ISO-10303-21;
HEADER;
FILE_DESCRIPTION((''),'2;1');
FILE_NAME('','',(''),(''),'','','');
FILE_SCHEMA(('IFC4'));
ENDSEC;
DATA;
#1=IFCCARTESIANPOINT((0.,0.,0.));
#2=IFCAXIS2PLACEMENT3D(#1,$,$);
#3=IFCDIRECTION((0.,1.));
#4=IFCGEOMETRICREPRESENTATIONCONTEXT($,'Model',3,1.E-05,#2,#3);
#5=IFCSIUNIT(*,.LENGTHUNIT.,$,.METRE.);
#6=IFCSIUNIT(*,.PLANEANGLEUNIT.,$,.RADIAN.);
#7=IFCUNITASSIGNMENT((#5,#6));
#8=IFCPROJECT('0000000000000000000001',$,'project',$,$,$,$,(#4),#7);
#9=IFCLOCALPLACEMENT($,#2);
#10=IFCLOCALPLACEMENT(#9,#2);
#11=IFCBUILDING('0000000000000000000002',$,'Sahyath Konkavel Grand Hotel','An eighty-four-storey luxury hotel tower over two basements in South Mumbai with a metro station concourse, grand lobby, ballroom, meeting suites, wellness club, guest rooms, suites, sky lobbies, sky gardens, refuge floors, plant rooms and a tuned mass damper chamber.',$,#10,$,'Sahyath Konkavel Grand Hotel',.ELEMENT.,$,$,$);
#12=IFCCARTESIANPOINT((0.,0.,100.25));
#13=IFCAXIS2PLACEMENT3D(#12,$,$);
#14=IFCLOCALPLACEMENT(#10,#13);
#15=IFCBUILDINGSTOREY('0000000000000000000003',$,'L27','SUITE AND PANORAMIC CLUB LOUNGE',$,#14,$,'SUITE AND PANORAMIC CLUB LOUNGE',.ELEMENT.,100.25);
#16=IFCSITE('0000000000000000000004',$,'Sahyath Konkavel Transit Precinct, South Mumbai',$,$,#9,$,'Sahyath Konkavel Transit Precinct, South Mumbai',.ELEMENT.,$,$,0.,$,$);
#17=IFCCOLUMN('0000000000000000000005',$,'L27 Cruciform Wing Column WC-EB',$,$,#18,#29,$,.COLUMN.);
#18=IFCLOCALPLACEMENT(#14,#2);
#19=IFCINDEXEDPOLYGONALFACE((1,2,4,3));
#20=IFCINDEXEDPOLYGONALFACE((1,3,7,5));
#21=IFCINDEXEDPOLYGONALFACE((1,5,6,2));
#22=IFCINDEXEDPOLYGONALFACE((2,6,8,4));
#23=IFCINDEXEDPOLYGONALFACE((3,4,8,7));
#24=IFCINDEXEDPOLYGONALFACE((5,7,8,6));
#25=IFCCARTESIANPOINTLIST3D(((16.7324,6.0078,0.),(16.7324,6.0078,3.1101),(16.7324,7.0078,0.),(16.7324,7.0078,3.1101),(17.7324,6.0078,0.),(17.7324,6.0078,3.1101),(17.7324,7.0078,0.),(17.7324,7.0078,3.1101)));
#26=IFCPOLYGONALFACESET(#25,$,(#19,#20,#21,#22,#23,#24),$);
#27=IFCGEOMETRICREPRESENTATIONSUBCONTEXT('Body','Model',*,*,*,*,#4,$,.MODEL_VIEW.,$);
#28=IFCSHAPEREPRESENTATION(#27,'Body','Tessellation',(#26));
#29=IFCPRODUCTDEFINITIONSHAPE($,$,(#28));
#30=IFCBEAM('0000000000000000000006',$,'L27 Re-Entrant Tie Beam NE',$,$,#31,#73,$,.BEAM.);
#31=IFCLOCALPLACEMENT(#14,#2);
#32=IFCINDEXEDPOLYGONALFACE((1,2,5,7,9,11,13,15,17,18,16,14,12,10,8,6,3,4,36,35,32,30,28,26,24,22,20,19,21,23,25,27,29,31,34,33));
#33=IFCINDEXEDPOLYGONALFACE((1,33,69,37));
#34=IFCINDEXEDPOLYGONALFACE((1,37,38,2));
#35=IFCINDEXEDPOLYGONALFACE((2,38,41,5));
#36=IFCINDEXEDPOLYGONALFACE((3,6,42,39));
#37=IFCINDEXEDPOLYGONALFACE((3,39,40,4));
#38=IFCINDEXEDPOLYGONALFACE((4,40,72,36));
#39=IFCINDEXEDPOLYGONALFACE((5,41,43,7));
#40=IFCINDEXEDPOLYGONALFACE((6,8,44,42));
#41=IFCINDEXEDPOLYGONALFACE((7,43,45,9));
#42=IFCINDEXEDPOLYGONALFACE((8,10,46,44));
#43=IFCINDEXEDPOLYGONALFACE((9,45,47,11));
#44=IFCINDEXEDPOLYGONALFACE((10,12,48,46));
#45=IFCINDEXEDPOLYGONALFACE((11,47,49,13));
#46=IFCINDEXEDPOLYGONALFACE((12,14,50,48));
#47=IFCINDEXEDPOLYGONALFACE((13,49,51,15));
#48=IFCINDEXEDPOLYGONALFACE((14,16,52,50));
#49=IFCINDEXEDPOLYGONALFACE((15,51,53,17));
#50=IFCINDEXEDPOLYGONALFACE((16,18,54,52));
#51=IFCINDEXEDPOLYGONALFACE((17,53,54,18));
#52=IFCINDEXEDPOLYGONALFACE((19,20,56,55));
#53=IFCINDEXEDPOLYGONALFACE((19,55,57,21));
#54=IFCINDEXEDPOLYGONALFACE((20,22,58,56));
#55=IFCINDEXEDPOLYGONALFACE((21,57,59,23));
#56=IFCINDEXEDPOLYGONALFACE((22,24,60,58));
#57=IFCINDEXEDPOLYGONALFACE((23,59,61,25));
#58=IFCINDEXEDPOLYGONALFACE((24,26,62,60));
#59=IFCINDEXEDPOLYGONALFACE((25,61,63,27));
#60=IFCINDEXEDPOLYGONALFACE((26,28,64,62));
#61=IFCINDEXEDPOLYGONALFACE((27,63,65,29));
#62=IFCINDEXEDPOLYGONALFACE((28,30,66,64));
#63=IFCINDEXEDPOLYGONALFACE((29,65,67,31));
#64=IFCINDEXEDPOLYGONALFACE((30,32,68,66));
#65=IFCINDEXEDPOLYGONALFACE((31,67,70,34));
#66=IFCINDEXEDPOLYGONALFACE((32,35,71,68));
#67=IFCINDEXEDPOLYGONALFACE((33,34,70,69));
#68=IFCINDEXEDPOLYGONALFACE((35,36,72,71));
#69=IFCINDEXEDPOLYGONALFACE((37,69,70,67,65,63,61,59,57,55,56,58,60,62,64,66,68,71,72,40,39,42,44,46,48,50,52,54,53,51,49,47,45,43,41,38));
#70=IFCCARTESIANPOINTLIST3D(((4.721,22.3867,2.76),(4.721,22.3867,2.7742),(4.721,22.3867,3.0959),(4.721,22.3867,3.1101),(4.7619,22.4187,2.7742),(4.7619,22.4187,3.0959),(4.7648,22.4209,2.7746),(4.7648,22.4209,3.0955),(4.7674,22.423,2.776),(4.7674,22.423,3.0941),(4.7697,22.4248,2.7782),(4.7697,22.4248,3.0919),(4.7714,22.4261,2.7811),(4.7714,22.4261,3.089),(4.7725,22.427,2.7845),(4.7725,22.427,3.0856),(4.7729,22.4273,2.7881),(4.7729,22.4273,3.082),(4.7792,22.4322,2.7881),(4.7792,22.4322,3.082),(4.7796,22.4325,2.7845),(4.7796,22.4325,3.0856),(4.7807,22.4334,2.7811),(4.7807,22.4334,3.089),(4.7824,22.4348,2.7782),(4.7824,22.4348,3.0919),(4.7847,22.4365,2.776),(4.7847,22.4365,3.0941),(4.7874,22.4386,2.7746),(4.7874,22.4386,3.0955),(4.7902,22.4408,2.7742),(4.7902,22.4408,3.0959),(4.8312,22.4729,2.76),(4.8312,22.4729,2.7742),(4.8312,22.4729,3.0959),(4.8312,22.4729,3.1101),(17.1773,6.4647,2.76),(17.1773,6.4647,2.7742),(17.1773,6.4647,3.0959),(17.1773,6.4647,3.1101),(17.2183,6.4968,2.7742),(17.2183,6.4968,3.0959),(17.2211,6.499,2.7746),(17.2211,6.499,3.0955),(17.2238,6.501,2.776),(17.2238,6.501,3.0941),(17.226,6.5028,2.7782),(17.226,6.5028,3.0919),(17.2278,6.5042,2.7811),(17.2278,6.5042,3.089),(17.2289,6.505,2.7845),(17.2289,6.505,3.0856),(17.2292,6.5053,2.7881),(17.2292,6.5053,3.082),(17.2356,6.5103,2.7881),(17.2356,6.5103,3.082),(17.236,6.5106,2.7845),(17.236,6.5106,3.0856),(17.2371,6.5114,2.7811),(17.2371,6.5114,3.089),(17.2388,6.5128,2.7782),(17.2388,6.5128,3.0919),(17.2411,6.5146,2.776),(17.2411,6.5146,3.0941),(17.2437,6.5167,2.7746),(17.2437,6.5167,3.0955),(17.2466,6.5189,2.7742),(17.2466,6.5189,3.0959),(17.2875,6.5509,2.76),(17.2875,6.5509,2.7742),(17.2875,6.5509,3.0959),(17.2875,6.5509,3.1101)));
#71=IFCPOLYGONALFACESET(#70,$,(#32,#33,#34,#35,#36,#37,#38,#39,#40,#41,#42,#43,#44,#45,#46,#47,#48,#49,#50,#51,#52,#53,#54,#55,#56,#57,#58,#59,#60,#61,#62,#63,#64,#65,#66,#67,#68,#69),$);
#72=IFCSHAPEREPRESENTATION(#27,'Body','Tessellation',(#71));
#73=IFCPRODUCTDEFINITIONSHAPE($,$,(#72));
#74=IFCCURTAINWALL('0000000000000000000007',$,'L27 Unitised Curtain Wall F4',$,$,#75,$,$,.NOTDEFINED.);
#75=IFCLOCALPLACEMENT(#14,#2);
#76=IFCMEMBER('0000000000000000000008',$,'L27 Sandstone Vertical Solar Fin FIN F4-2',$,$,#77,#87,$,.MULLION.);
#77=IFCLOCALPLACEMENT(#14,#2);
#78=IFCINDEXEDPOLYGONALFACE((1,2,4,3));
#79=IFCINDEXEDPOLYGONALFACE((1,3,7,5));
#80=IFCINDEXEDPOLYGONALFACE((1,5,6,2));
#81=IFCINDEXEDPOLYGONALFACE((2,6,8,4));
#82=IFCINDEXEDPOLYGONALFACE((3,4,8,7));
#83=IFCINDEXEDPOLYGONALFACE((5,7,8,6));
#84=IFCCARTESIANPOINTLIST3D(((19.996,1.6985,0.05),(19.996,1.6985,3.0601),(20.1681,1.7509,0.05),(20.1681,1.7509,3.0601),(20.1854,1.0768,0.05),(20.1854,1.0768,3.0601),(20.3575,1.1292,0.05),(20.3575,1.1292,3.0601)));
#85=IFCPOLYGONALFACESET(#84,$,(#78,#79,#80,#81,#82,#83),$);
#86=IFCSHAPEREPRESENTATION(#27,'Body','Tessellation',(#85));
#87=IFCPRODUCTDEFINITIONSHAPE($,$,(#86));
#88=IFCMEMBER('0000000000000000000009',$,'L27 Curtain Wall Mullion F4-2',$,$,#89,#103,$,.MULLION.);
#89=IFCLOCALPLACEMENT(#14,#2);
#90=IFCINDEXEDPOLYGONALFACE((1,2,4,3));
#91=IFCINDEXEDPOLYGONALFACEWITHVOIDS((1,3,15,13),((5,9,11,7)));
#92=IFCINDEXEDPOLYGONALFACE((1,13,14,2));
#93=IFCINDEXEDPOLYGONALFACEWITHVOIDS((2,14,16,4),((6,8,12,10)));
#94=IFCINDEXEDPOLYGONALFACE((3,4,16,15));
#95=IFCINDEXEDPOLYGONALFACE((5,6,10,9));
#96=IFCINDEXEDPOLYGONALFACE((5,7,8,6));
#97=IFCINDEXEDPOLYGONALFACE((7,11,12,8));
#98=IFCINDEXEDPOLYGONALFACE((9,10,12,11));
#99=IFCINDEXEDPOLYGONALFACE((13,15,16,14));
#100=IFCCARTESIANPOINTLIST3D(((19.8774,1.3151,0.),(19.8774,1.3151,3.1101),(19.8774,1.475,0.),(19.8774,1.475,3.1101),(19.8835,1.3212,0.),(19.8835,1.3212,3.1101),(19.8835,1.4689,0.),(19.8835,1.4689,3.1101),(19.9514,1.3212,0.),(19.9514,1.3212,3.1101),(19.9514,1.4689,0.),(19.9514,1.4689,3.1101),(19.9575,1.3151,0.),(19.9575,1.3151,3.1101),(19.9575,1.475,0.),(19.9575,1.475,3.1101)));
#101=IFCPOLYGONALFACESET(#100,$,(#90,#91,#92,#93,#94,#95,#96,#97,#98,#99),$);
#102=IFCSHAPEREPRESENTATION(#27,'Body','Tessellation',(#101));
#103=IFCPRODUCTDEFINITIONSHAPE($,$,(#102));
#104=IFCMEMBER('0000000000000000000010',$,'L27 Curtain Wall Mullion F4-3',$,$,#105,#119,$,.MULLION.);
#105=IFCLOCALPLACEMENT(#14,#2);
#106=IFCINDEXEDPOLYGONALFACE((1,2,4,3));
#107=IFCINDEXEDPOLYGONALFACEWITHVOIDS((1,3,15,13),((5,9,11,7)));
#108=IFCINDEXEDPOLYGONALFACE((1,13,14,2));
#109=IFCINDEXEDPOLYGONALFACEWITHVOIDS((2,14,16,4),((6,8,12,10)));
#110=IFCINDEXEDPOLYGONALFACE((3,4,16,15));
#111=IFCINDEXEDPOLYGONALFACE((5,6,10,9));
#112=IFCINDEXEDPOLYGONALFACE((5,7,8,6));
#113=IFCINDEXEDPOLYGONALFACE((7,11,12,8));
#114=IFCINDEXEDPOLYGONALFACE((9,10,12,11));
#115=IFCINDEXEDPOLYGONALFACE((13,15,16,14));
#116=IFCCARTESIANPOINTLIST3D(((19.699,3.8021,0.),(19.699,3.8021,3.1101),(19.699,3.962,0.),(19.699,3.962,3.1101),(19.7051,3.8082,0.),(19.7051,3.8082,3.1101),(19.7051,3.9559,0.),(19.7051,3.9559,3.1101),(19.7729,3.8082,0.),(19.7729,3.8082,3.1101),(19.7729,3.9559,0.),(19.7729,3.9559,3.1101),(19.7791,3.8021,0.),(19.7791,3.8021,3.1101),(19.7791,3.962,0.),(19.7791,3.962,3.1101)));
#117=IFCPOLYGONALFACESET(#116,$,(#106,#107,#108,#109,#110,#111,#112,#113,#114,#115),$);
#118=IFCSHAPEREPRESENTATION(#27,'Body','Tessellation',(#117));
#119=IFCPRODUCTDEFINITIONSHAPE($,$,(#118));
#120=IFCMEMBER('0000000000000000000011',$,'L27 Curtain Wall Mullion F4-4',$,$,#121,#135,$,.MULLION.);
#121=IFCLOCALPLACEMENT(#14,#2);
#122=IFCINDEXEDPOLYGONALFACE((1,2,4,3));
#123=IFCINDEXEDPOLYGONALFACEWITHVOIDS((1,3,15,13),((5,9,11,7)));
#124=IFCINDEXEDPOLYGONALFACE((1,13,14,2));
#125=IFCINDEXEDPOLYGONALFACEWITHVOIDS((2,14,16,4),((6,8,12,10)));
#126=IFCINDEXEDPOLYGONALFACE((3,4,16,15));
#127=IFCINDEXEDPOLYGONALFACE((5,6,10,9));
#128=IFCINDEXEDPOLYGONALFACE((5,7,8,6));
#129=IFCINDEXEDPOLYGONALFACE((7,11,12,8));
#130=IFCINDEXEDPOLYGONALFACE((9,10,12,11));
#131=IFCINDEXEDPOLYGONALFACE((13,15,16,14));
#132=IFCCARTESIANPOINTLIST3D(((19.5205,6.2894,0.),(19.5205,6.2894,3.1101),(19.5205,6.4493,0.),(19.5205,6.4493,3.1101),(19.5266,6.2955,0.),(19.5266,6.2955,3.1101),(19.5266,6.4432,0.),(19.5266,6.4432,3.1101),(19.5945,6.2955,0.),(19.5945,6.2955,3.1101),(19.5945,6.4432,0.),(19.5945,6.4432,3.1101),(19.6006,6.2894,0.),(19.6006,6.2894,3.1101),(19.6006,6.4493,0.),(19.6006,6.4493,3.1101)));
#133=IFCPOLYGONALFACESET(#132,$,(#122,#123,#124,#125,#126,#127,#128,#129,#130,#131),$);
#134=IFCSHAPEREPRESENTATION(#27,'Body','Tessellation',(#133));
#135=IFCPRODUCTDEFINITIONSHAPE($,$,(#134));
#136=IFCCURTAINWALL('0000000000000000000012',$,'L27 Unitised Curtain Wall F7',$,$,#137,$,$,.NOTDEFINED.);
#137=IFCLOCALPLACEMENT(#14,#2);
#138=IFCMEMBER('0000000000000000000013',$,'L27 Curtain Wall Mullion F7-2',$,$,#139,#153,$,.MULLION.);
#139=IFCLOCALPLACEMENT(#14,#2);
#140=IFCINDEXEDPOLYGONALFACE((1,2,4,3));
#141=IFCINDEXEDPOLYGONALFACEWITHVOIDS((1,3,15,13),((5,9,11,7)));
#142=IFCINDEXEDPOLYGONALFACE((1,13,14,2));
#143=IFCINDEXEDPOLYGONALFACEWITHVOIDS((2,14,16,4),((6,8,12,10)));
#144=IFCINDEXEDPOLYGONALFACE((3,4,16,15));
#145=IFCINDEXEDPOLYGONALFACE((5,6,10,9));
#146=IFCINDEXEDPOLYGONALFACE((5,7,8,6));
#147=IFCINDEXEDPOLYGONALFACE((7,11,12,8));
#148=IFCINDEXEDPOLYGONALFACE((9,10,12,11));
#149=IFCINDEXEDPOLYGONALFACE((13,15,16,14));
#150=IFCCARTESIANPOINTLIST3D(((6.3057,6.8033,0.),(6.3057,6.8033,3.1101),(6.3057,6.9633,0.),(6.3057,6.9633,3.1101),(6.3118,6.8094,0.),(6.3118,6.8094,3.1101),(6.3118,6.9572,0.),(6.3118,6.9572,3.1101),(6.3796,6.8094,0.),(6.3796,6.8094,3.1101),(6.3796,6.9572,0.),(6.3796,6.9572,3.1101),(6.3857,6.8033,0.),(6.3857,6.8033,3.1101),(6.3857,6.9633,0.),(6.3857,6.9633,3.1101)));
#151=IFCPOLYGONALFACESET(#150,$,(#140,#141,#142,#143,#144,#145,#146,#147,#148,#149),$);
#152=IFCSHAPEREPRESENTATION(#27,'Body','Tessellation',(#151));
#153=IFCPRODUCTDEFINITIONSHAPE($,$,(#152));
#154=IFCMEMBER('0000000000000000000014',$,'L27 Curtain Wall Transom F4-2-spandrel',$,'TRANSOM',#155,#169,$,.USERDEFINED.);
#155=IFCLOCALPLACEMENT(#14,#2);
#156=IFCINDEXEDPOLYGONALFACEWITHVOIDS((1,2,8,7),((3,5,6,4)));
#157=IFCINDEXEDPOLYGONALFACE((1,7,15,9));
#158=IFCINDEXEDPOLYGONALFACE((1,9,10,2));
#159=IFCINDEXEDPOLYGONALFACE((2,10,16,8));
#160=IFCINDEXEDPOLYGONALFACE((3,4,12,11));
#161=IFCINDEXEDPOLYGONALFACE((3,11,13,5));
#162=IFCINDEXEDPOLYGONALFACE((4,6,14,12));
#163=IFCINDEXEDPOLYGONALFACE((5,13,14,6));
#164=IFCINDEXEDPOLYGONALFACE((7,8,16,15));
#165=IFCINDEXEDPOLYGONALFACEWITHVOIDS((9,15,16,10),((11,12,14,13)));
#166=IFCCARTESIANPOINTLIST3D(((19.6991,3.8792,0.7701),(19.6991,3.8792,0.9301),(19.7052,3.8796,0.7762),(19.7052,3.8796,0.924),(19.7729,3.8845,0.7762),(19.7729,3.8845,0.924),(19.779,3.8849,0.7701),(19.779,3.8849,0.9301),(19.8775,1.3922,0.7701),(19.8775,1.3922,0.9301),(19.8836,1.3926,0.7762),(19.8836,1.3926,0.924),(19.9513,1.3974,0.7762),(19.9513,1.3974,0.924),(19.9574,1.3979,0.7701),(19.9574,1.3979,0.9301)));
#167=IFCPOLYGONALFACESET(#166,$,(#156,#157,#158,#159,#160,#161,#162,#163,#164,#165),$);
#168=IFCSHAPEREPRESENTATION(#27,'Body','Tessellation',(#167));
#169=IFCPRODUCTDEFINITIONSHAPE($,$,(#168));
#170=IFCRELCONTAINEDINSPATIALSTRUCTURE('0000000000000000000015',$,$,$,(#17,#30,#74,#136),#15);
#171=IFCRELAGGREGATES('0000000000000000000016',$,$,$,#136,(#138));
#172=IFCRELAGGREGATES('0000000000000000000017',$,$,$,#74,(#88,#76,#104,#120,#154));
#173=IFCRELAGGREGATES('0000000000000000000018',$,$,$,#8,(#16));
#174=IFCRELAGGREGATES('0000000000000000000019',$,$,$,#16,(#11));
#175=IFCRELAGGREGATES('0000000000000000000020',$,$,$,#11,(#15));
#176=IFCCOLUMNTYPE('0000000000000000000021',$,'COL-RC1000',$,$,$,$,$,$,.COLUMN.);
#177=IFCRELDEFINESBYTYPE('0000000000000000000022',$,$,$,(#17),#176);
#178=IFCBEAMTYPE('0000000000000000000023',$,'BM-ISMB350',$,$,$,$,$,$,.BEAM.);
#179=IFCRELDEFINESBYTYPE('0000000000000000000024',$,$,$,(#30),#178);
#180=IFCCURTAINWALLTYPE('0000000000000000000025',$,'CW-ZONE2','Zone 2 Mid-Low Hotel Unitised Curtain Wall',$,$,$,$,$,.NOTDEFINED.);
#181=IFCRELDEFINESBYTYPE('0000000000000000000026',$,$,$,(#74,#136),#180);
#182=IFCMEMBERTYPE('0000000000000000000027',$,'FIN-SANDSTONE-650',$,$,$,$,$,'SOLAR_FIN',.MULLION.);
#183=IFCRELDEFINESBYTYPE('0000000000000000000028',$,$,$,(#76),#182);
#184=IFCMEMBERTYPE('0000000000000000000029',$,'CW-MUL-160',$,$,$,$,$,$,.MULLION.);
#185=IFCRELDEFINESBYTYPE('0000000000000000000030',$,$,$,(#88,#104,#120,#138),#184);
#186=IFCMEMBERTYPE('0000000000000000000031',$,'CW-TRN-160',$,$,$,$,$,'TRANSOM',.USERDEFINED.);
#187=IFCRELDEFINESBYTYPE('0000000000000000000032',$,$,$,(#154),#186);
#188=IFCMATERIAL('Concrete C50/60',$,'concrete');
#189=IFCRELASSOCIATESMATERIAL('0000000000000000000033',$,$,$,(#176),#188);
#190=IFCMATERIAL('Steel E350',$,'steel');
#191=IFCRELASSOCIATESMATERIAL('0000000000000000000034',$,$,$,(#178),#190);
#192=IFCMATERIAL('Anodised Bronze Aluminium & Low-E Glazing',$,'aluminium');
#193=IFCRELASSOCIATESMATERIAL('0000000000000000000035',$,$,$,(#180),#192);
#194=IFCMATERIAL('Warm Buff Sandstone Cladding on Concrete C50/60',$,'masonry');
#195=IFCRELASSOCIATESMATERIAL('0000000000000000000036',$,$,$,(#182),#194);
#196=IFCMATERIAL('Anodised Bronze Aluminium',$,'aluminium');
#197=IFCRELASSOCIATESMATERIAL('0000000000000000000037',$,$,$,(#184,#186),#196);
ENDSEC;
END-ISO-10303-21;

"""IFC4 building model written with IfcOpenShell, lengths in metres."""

from ifc_helpers import new_model, si_unit, direction, frame, origin, origin_2d, place, context, subcontext, project, spatial, rectangle, hollow_rectangle, i_section, extrude, source, transform, mapped, material, material_profile, profile_set, type_object, element, aggregate, save


model = new_model("IFC4")

# Units and contexts
model_context = context("Model", 3, precision=1e-05, world=origin(), true_north=direction((0.0, 1.0)))
body_context = subcontext(model_context, "Body", "Model", "MODEL_VIEW")
ifc_project = project(units=[si_unit("LENGTHUNIT", "METRE"), si_unit("PLANEANGLEUNIT", "RADIAN")], contexts=[model_context])

# Site, building, storey
site_placement = place(None, origin())
site = spatial("IfcSite", under=ifc_project, at=site_placement, Name="Sahyath Konkavel Transit Precinct, South Mumbai", LongName="Sahyath Konkavel Transit Precinct, South Mumbai", CompositionType="ELEMENT", RefElevation=0.0)
building_placement = place(site_placement, origin())
building = spatial("IfcBuilding", under=site, at=building_placement, Name="Sahyath Konkavel Grand Hotel", Description="An eighty-four-storey luxury hotel tower over two basements in South Mumbai with a metro station concourse, grand lobby, ballroom, meeting suites, wellness club, guest rooms, suites, sky lobbies, sky gardens, refuge floors, plant rooms and a tuned mass damper chamber.", LongName="Sahyath Konkavel Grand Hotel", CompositionType="ELEMENT")
storey_placement = place(building_placement, frame((0.0, 0.0, 100.25)))
storey = spatial("IfcBuildingStorey", under=building, at=storey_placement, Name="L27", Description="SUITE AND PANORAMIC CLUB LOUNGE", LongName="SUITE AND PANORAMIC CLUB LOUNGE", CompositionType="ELEMENT", Elevation=100.25)

# Column
ifc_material_1 = material(Name="Concrete C50/60", Category="concrete")
ifc_material_profile_1 = material_profile(ifc_material_1, rectangle(XDim=1.0, YDim=1.0, at=origin_2d()), Name="RC 1000x1000")
ifc_profile_set_1 = profile_set([ifc_material_profile_1], Name="Concrete C50/60")
column_type = type_object("IfcColumnType", Name="COL-RC1000", PredefinedType="COLUMN", material=ifc_profile_set_1)
shared_shape_1 = source(origin(), body_context, "Body", "SweptSolid", [
    extrude(rectangle(XDim=1.0, YDim=1.0, at=origin_2d()), origin(), (0.0, 0.0, 1.0), 3.1101),
])
column_placement = place(storey_placement, frame((17.2324, 6.5078, 0.0), z_axis=(0.0, 0.0, 1.0), x_axis=(1.0, 0.0, 0.0)))
element("IfcColumn", 1, at=column_placement, inside=storey, type_object=column_type, Name="L27 Cruciform Wing Column WC-EB", PredefinedType="COLUMN", context=body_context, shape_type="MappedRepresentation", body=[
    mapped(shared_shape_1, transform((0.0, 0.0, 0.0), scale=1.0)),
])

# Beam
ifc_material_2 = material(Name="Steel E350", Category="steel")
ifc_material_profile_2 = material_profile(ifc_material_2, i_section(OverallWidth=0.1399, OverallDepth=0.3501, WebThickness=0.0081, FlangeThickness=0.0142, FilletRadius=0.0139, at=origin_2d()), Name="ISMB 350")
ifc_profile_set_2 = profile_set([ifc_material_profile_2], Name="Steel E350")
beam_type_1 = type_object("IfcBeamType", Name="BM-ISMB350", PredefinedType="BEAM", material=ifc_profile_set_2)
shared_shape_2 = source(origin(), body_context, "Body", "SweptSolid", [
    extrude(i_section(OverallWidth=0.1399, OverallDepth=0.3501, WebThickness=0.0081, FlangeThickness=0.0142, FilletRadius=0.0139, at=origin_2d()), origin(), (0.0, 0.0, 1.0), 20.2156),
])
beam_1_placement = place(storey_placement, frame((17.2324, 6.5078, 2.9351), z_axis=(-0.616176, 0.787608, 0.0), x_axis=(-0.787608, -0.616176, 0.0)))
element("IfcBeam", 2, at=beam_1_placement, inside=storey, type_object=beam_type_1, Name="L27 Re-Entrant Tie Beam NE", PredefinedType="BEAM", context=body_context, shape_type="MappedRepresentation", body=[
    mapped(shared_shape_2, transform((0.0, 0.0, 0.0), scale=1.0)),
])

# Curtain wall, members
ifc_material_3 = material(Name="Anodised Bronze Aluminium & Low-E Glazing", Category="aluminium")
curtain_wall_type = type_object("IfcCurtainWallType", Name="CW-ZONE2", Description="Zone 2 Mid-Low Hotel Unitised Curtain Wall", PredefinedType="NOTDEFINED", material=ifc_material_3)
curtain_wall_1_placement = place(storey_placement, origin())
curtain_wall_1 = element("IfcCurtainWall", 3, at=curtain_wall_1_placement, inside=storey, type_object=curtain_wall_type, Name="L27 Unitised Curtain Wall F4", PredefinedType="NOTDEFINED")
ifc_material_4 = material(Name="Warm Buff Sandstone Cladding on Concrete C50/60", Category="masonry")
ifc_material_profile_3 = material_profile(ifc_material_4, rectangle(XDim=0.1799, YDim=0.6499, at=origin_2d()), Name="FIN 180x650")
ifc_profile_set_3 = profile_set([ifc_material_profile_3], Name="Warm Buff Sandstone Cladding on Concrete C50/60")
member_type_1 = type_object("IfcMemberType", Name="FIN-SANDSTONE-650", ElementType="SOLAR_FIN", PredefinedType="MULLION", material=ifc_profile_set_3)
shared_shape_3 = source(origin(), body_context, "Body", "SweptSolid", [
    extrude(rectangle(XDim=0.1799, YDim=0.6499, at=origin_2d()), origin(), (0.0, 0.0, 1.0), 3.01),
])
member_1_placement = place(storey_placement, frame((20.1768, 1.4138, 0.05), z_axis=(0.0, 0.0, 1.0), x_axis=(0.95661, 0.29137, 0.0)))
member_1 = element("IfcMember", 4, at=member_1_placement, type_object=member_type_1, Name="L27 Sandstone Vertical Solar Fin FIN F4-2", PredefinedType="MULLION", context=body_context, shape_type="MappedRepresentation", body=[
    mapped(shared_shape_3, transform((0.0, 0.0, 0.0), scale=1.0)),
])
ifc_material_5 = material(Name="Anodised Bronze Aluminium", Category="aluminium")
ifc_material_profile_4 = material_profile(ifc_material_5, hollow_rectangle(XDim=0.0801, YDim=0.1599, WallThickness=0.0061, at=origin_2d()), Name="RHS 160x80x6")
ifc_profile_set_4 = profile_set([ifc_material_profile_4], Name="Anodised Bronze Aluminium")
member_type_2 = type_object("IfcMemberType", Name="CW-MUL-160", PredefinedType="MULLION", material=ifc_profile_set_4)
shared_shape_4 = source(origin(), body_context, "Body", "SweptSolid", [
    extrude(hollow_rectangle(XDim=0.0801, YDim=0.1599, WallThickness=0.0061, at=origin_2d()), origin(), (0.0, 0.0, 1.0), 3.1101),
])
member_2_placement = place(storey_placement, frame((19.9175, 1.395, 0.0), z_axis=(0.0, 0.0, 1.0), x_axis=(1.0, 0.0, 0.0)))
member_2 = element("IfcMember", 5, at=member_2_placement, type_object=member_type_2, Name="L27 Curtain Wall Mullion F4-2", PredefinedType="MULLION", context=body_context, shape_type="MappedRepresentation", body=[
    mapped(shared_shape_4, transform((0.0, 0.0, 0.0), scale=1.0)),
])
member_3_placement = place(storey_placement, frame((19.739, 3.8821, 0.0), z_axis=(0.0, 0.0, 1.0), x_axis=(1.0, 0.0, 0.0)))
member_3 = element("IfcMember", 6, at=member_3_placement, type_object=member_type_2, Name="L27 Curtain Wall Mullion F4-3", PredefinedType="MULLION", context=body_context, shape_type="MappedRepresentation", body=[
    mapped(shared_shape_4, transform((0.0, 0.0, 0.0), scale=1.0)),
])
member_4_placement = place(storey_placement, frame((19.5605, 6.3694, 0.0), z_axis=(0.0, 0.0, 1.0), x_axis=(1.0, 0.0, 0.0)))
member_4 = element("IfcMember", 7, at=member_4_placement, type_object=member_type_2, Name="L27 Curtain Wall Mullion F4-4", PredefinedType="MULLION", context=body_context, shape_type="MappedRepresentation", body=[
    mapped(shared_shape_4, transform((0.0, 0.0, 0.0), scale=1.0)),
])

# Curtain wall, member
curtain_wall_2_placement = place(storey_placement, origin())
curtain_wall_2 = element("IfcCurtainWall", 8, at=curtain_wall_2_placement, inside=storey, type_object=curtain_wall_type, Name="L27 Unitised Curtain Wall F7", PredefinedType="NOTDEFINED")
member_5_placement = place(storey_placement, frame((6.3457, 6.8833, 0.0), z_axis=(0.0, 0.0, 1.0), x_axis=(1.0, 0.0, 0.0)))
member_5 = element("IfcMember", 9, at=member_5_placement, type_object=member_type_2, Name="L27 Curtain Wall Mullion F7-2", PredefinedType="MULLION", context=body_context, shape_type="MappedRepresentation", body=[
    mapped(shared_shape_4, transform((0.0, 0.0, 0.0), scale=1.0)),
])

# Member
ifc_material_profile_5 = material_profile(ifc_material_5, hollow_rectangle(XDim=0.0801, YDim=0.1599, WallThickness=0.0061, at=origin_2d()), Name="RHS 160x80x6")
ifc_profile_set_5 = profile_set([ifc_material_profile_5], Name="Anodised Bronze Aluminium")
member_type_3 = type_object("IfcMemberType", Name="CW-TRN-160", ElementType="TRANSOM", PredefinedType="USERDEFINED", material=ifc_profile_set_5)
shared_shape_5 = source(origin(), body_context, "Body", "SweptSolid", [
    extrude(hollow_rectangle(XDim=0.0801, YDim=0.1599, WallThickness=0.0061, at=origin_2d()), origin(), (0.0, 0.0, 1.0), 2.4934),
])
member_6_placement = place(storey_placement, frame((19.9175, 1.395, 0.8501), z_axis=(-0.071574, 0.997435, 0.0), x_axis=(-0.997435, -0.071574, 0.0)))
member_6 = element("IfcMember", 10, at=member_6_placement, type_object=member_type_3, Name="L27 Curtain Wall Transom F4-2-spandrel", ObjectType="TRANSOM", PredefinedType="USERDEFINED", context=body_context, shape_type="MappedRepresentation", body=[
    mapped(shared_shape_5, transform((0.0, 0.0, 0.0), scale=1.0)),
])

aggregate(curtain_wall_2, [member_5])
aggregate(curtain_wall_1, [member_2, member_1, member_3, member_4, member_6])

save(model, "model.ifc")
